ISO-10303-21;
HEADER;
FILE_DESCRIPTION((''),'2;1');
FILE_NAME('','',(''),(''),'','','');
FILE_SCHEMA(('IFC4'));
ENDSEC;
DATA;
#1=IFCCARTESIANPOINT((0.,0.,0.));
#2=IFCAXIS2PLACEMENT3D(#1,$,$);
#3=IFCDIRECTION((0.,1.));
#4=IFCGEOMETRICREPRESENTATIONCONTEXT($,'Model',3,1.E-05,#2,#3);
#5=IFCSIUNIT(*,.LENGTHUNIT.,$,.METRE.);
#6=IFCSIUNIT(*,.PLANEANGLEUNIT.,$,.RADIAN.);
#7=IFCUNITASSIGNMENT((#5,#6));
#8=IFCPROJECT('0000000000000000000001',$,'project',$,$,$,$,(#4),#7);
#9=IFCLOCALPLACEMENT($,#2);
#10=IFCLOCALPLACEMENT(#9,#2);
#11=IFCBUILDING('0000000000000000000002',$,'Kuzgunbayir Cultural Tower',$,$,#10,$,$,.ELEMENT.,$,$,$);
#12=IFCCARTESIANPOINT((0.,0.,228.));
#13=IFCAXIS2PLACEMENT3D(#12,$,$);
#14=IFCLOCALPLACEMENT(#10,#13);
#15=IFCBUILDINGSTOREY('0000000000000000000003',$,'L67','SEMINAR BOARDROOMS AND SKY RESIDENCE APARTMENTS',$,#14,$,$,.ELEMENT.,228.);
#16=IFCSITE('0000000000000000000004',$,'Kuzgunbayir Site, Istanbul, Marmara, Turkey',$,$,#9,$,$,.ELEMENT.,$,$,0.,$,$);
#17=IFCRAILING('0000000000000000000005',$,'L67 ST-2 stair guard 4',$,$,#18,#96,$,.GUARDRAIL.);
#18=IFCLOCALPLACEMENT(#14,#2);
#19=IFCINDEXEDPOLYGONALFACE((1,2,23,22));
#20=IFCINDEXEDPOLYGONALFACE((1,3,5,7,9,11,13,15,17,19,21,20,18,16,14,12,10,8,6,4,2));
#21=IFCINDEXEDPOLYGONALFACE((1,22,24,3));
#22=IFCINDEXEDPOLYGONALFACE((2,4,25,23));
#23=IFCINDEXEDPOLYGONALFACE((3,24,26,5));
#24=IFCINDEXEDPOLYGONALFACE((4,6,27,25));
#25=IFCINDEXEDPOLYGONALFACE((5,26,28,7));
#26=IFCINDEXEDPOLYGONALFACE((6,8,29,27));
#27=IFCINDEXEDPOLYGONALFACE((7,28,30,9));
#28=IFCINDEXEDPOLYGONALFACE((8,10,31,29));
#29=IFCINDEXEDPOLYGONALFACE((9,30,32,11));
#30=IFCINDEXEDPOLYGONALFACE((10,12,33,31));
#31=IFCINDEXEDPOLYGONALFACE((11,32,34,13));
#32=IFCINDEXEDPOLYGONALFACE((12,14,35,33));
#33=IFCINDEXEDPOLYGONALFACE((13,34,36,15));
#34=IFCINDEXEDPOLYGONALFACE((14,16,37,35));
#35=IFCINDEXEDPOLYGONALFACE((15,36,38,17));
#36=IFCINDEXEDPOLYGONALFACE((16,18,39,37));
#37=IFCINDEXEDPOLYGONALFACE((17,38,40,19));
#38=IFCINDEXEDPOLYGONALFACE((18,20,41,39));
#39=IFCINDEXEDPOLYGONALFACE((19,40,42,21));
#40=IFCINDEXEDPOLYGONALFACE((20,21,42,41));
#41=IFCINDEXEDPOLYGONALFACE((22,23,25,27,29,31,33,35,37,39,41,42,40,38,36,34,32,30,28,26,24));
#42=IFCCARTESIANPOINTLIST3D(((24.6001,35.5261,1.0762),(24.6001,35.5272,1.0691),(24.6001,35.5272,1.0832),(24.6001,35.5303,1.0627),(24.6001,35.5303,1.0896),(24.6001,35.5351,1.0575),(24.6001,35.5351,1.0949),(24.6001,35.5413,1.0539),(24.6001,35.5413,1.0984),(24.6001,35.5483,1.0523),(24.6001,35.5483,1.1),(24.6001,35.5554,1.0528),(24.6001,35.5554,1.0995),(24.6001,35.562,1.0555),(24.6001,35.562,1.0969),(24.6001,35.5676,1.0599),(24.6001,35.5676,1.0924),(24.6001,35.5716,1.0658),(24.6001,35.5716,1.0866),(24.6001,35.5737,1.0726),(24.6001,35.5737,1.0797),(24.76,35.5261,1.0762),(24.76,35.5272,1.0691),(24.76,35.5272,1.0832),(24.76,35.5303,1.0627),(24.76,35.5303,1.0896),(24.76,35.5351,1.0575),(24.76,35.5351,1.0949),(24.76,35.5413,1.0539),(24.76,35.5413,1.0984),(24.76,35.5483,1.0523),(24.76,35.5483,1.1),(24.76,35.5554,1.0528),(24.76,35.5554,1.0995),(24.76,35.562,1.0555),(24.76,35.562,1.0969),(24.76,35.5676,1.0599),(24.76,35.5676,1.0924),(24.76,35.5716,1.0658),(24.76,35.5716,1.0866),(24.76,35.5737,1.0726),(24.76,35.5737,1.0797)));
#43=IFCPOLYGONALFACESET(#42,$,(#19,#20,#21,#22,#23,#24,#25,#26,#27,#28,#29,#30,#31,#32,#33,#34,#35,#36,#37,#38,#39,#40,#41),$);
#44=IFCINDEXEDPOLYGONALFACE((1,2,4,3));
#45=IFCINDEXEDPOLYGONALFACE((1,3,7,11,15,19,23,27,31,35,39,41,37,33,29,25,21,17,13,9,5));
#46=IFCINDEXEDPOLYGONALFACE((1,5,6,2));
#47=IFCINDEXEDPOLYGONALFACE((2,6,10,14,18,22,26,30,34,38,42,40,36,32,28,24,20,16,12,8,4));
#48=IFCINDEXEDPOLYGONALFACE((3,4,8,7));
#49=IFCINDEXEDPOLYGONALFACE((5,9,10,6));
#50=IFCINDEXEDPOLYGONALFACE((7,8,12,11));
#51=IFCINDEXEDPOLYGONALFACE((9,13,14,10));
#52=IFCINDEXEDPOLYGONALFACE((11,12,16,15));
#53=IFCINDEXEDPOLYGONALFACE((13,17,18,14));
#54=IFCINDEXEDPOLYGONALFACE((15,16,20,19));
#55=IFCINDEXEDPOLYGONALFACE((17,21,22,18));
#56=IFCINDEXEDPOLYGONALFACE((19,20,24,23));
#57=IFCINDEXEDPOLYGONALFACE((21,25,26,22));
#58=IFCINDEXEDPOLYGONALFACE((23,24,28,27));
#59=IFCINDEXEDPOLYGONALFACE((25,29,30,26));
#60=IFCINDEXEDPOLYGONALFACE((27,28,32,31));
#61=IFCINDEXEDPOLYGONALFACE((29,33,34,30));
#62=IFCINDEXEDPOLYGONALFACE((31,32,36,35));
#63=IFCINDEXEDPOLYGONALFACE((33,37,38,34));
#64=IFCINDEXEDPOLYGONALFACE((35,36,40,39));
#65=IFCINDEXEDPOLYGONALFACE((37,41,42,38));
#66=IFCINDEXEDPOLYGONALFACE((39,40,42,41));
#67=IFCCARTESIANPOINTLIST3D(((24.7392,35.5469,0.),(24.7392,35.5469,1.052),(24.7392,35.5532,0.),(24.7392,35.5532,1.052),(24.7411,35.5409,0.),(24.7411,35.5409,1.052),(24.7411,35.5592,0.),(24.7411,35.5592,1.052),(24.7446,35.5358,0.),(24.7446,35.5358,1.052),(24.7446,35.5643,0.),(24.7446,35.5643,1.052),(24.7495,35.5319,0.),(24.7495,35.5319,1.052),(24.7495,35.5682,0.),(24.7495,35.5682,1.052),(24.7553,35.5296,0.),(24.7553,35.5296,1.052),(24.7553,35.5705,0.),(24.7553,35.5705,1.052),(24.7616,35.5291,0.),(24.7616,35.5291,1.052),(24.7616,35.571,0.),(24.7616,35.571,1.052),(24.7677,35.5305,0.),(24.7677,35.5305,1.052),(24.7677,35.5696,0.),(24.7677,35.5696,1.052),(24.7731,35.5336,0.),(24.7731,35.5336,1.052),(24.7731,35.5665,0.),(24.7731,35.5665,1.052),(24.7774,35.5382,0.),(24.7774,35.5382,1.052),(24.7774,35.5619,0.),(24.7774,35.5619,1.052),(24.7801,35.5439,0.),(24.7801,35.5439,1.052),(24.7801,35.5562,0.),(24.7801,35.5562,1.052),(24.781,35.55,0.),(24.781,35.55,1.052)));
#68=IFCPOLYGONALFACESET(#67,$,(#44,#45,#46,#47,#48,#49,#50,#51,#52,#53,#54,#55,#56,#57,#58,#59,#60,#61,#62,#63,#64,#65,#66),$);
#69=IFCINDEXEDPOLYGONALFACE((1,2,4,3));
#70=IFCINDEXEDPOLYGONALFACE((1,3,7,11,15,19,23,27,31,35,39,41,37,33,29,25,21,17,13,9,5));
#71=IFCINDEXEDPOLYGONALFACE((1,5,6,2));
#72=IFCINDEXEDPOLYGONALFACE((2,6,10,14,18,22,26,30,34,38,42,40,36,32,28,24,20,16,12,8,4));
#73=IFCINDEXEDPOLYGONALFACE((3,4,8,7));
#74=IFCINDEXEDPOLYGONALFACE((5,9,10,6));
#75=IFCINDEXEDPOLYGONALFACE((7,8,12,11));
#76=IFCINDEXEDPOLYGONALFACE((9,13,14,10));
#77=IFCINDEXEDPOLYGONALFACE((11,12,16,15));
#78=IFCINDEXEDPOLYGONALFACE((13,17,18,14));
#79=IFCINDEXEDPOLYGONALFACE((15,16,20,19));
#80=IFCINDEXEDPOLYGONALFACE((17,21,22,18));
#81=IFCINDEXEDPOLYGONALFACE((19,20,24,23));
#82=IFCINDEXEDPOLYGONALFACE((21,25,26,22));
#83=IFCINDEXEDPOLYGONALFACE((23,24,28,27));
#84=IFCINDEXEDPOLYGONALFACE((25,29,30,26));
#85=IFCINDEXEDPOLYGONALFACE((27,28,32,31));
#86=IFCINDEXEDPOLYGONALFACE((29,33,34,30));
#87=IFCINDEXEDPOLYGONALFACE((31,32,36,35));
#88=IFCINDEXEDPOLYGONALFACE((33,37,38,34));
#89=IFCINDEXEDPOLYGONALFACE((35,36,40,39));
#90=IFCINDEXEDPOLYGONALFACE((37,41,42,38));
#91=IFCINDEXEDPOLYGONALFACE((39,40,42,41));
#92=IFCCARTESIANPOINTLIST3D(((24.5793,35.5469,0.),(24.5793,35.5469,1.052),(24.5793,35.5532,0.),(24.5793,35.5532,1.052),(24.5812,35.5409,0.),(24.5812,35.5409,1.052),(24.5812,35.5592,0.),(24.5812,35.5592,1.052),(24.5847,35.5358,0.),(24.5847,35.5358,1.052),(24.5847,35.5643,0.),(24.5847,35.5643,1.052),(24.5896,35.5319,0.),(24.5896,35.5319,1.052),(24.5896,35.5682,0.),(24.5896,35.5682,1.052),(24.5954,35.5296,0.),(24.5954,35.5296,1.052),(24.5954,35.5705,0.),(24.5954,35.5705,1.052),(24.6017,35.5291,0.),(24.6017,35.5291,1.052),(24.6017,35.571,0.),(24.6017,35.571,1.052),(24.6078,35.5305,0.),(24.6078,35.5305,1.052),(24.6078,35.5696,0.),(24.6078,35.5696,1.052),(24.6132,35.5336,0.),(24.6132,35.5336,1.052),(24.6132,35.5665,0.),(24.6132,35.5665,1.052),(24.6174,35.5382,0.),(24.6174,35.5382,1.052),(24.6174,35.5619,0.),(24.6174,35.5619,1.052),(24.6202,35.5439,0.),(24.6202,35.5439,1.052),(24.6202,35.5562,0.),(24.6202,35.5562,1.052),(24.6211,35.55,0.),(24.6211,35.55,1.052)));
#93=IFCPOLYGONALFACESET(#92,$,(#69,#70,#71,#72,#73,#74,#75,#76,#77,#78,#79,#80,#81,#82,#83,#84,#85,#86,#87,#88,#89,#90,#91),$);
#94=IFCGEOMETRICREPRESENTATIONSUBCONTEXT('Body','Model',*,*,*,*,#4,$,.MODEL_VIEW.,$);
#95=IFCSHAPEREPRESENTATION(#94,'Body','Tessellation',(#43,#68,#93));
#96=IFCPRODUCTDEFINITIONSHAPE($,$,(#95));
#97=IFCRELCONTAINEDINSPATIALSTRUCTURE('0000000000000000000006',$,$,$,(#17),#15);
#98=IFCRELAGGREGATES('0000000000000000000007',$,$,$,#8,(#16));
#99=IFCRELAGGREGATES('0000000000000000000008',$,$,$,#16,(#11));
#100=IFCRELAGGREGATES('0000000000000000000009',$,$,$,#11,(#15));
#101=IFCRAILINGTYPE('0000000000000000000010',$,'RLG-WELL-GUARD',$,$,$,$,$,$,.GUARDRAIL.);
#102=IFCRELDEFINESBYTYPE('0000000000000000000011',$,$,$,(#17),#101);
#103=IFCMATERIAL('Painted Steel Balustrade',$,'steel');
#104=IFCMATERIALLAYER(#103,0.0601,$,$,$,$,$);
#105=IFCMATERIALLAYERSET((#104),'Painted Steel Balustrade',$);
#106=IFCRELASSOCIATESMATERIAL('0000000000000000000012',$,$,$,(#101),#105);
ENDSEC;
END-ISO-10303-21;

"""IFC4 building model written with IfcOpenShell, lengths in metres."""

from ifc_helpers import new_model, si_unit, direction, frame, origin, origin_2d, place, context, subcontext, project, spatial, circle, extrude, material, layer, layer_set, type_object, element, save


model = new_model("IFC4")

# Units and contexts
model_context = context("Model", 3, precision=1e-05, world=origin(), true_north=direction((0.0, 1.0)))
body_context = subcontext(model_context, "Body", "Model", "MODEL_VIEW")
ifc_project = project(units=[si_unit("LENGTHUNIT", "METRE"), si_unit("PLANEANGLEUNIT", "RADIAN")], contexts=[model_context])

# Site, building, storey
site_placement = place(None, origin())
site = spatial("IfcSite", under=ifc_project, at=site_placement, Name="Kuzgunbayir Site, Istanbul, Marmara, Turkey", CompositionType="ELEMENT", RefElevation=0.0)
building_placement = place(site_placement, origin())
building = spatial("IfcBuilding", under=site, at=building_placement, Name="Kuzgunbayir Cultural Tower", CompositionType="ELEMENT")
storey_placement = place(building_placement, frame((0.0, 0.0, 228.0)))
storey = spatial("IfcBuildingStorey", under=building, at=storey_placement, Name="L67", Description="SEMINAR BOARDROOMS AND SKY RESIDENCE APARTMENTS", CompositionType="ELEMENT", Elevation=228.0)

# Railing
ifc_material_1 = material(Name="Painted Steel Balustrade", Category="steel")
ifc_layer_1 = layer(ifc_material_1, 0.0601)
ifc_layer_set_1 = layer_set([ifc_layer_1], Name="Painted Steel Balustrade")
railing_type_1 = type_object("IfcRailingType", Name="RLG-WELL-GUARD", PredefinedType="GUARDRAIL", material=ifc_layer_set_1)
railing_1_placement = place(storey_placement, frame((24.76, 35.55, 0.0)))
element("IfcRailing", 1, at=railing_1_placement, inside=storey, type_object=railing_type_1, Name="L67 ST-2 stair guard 4", PredefinedType="GUARDRAIL", context=body_context, shape_type="SweptSolid", body=[
    extrude(circle(Radius=0.0239, at=origin_2d()), frame((0.0, 0.0, 1.0762), z_axis=(-1.0, 0.0, 0.0), x_axis=(0.0, -1.0, 0.0)), (0.0, 0.0, 1.0), 0.1599),
    extrude(circle(Radius=0.021, at=origin_2d()), origin(), (0.0, 0.0, 1.0), 1.052),
    extrude(circle(Radius=0.021, at=origin_2d()), frame((-0.1599, 0.0, 0.0)), (0.0, 0.0, 1.0), 1.052),
])

save(model, "model.ifc")
